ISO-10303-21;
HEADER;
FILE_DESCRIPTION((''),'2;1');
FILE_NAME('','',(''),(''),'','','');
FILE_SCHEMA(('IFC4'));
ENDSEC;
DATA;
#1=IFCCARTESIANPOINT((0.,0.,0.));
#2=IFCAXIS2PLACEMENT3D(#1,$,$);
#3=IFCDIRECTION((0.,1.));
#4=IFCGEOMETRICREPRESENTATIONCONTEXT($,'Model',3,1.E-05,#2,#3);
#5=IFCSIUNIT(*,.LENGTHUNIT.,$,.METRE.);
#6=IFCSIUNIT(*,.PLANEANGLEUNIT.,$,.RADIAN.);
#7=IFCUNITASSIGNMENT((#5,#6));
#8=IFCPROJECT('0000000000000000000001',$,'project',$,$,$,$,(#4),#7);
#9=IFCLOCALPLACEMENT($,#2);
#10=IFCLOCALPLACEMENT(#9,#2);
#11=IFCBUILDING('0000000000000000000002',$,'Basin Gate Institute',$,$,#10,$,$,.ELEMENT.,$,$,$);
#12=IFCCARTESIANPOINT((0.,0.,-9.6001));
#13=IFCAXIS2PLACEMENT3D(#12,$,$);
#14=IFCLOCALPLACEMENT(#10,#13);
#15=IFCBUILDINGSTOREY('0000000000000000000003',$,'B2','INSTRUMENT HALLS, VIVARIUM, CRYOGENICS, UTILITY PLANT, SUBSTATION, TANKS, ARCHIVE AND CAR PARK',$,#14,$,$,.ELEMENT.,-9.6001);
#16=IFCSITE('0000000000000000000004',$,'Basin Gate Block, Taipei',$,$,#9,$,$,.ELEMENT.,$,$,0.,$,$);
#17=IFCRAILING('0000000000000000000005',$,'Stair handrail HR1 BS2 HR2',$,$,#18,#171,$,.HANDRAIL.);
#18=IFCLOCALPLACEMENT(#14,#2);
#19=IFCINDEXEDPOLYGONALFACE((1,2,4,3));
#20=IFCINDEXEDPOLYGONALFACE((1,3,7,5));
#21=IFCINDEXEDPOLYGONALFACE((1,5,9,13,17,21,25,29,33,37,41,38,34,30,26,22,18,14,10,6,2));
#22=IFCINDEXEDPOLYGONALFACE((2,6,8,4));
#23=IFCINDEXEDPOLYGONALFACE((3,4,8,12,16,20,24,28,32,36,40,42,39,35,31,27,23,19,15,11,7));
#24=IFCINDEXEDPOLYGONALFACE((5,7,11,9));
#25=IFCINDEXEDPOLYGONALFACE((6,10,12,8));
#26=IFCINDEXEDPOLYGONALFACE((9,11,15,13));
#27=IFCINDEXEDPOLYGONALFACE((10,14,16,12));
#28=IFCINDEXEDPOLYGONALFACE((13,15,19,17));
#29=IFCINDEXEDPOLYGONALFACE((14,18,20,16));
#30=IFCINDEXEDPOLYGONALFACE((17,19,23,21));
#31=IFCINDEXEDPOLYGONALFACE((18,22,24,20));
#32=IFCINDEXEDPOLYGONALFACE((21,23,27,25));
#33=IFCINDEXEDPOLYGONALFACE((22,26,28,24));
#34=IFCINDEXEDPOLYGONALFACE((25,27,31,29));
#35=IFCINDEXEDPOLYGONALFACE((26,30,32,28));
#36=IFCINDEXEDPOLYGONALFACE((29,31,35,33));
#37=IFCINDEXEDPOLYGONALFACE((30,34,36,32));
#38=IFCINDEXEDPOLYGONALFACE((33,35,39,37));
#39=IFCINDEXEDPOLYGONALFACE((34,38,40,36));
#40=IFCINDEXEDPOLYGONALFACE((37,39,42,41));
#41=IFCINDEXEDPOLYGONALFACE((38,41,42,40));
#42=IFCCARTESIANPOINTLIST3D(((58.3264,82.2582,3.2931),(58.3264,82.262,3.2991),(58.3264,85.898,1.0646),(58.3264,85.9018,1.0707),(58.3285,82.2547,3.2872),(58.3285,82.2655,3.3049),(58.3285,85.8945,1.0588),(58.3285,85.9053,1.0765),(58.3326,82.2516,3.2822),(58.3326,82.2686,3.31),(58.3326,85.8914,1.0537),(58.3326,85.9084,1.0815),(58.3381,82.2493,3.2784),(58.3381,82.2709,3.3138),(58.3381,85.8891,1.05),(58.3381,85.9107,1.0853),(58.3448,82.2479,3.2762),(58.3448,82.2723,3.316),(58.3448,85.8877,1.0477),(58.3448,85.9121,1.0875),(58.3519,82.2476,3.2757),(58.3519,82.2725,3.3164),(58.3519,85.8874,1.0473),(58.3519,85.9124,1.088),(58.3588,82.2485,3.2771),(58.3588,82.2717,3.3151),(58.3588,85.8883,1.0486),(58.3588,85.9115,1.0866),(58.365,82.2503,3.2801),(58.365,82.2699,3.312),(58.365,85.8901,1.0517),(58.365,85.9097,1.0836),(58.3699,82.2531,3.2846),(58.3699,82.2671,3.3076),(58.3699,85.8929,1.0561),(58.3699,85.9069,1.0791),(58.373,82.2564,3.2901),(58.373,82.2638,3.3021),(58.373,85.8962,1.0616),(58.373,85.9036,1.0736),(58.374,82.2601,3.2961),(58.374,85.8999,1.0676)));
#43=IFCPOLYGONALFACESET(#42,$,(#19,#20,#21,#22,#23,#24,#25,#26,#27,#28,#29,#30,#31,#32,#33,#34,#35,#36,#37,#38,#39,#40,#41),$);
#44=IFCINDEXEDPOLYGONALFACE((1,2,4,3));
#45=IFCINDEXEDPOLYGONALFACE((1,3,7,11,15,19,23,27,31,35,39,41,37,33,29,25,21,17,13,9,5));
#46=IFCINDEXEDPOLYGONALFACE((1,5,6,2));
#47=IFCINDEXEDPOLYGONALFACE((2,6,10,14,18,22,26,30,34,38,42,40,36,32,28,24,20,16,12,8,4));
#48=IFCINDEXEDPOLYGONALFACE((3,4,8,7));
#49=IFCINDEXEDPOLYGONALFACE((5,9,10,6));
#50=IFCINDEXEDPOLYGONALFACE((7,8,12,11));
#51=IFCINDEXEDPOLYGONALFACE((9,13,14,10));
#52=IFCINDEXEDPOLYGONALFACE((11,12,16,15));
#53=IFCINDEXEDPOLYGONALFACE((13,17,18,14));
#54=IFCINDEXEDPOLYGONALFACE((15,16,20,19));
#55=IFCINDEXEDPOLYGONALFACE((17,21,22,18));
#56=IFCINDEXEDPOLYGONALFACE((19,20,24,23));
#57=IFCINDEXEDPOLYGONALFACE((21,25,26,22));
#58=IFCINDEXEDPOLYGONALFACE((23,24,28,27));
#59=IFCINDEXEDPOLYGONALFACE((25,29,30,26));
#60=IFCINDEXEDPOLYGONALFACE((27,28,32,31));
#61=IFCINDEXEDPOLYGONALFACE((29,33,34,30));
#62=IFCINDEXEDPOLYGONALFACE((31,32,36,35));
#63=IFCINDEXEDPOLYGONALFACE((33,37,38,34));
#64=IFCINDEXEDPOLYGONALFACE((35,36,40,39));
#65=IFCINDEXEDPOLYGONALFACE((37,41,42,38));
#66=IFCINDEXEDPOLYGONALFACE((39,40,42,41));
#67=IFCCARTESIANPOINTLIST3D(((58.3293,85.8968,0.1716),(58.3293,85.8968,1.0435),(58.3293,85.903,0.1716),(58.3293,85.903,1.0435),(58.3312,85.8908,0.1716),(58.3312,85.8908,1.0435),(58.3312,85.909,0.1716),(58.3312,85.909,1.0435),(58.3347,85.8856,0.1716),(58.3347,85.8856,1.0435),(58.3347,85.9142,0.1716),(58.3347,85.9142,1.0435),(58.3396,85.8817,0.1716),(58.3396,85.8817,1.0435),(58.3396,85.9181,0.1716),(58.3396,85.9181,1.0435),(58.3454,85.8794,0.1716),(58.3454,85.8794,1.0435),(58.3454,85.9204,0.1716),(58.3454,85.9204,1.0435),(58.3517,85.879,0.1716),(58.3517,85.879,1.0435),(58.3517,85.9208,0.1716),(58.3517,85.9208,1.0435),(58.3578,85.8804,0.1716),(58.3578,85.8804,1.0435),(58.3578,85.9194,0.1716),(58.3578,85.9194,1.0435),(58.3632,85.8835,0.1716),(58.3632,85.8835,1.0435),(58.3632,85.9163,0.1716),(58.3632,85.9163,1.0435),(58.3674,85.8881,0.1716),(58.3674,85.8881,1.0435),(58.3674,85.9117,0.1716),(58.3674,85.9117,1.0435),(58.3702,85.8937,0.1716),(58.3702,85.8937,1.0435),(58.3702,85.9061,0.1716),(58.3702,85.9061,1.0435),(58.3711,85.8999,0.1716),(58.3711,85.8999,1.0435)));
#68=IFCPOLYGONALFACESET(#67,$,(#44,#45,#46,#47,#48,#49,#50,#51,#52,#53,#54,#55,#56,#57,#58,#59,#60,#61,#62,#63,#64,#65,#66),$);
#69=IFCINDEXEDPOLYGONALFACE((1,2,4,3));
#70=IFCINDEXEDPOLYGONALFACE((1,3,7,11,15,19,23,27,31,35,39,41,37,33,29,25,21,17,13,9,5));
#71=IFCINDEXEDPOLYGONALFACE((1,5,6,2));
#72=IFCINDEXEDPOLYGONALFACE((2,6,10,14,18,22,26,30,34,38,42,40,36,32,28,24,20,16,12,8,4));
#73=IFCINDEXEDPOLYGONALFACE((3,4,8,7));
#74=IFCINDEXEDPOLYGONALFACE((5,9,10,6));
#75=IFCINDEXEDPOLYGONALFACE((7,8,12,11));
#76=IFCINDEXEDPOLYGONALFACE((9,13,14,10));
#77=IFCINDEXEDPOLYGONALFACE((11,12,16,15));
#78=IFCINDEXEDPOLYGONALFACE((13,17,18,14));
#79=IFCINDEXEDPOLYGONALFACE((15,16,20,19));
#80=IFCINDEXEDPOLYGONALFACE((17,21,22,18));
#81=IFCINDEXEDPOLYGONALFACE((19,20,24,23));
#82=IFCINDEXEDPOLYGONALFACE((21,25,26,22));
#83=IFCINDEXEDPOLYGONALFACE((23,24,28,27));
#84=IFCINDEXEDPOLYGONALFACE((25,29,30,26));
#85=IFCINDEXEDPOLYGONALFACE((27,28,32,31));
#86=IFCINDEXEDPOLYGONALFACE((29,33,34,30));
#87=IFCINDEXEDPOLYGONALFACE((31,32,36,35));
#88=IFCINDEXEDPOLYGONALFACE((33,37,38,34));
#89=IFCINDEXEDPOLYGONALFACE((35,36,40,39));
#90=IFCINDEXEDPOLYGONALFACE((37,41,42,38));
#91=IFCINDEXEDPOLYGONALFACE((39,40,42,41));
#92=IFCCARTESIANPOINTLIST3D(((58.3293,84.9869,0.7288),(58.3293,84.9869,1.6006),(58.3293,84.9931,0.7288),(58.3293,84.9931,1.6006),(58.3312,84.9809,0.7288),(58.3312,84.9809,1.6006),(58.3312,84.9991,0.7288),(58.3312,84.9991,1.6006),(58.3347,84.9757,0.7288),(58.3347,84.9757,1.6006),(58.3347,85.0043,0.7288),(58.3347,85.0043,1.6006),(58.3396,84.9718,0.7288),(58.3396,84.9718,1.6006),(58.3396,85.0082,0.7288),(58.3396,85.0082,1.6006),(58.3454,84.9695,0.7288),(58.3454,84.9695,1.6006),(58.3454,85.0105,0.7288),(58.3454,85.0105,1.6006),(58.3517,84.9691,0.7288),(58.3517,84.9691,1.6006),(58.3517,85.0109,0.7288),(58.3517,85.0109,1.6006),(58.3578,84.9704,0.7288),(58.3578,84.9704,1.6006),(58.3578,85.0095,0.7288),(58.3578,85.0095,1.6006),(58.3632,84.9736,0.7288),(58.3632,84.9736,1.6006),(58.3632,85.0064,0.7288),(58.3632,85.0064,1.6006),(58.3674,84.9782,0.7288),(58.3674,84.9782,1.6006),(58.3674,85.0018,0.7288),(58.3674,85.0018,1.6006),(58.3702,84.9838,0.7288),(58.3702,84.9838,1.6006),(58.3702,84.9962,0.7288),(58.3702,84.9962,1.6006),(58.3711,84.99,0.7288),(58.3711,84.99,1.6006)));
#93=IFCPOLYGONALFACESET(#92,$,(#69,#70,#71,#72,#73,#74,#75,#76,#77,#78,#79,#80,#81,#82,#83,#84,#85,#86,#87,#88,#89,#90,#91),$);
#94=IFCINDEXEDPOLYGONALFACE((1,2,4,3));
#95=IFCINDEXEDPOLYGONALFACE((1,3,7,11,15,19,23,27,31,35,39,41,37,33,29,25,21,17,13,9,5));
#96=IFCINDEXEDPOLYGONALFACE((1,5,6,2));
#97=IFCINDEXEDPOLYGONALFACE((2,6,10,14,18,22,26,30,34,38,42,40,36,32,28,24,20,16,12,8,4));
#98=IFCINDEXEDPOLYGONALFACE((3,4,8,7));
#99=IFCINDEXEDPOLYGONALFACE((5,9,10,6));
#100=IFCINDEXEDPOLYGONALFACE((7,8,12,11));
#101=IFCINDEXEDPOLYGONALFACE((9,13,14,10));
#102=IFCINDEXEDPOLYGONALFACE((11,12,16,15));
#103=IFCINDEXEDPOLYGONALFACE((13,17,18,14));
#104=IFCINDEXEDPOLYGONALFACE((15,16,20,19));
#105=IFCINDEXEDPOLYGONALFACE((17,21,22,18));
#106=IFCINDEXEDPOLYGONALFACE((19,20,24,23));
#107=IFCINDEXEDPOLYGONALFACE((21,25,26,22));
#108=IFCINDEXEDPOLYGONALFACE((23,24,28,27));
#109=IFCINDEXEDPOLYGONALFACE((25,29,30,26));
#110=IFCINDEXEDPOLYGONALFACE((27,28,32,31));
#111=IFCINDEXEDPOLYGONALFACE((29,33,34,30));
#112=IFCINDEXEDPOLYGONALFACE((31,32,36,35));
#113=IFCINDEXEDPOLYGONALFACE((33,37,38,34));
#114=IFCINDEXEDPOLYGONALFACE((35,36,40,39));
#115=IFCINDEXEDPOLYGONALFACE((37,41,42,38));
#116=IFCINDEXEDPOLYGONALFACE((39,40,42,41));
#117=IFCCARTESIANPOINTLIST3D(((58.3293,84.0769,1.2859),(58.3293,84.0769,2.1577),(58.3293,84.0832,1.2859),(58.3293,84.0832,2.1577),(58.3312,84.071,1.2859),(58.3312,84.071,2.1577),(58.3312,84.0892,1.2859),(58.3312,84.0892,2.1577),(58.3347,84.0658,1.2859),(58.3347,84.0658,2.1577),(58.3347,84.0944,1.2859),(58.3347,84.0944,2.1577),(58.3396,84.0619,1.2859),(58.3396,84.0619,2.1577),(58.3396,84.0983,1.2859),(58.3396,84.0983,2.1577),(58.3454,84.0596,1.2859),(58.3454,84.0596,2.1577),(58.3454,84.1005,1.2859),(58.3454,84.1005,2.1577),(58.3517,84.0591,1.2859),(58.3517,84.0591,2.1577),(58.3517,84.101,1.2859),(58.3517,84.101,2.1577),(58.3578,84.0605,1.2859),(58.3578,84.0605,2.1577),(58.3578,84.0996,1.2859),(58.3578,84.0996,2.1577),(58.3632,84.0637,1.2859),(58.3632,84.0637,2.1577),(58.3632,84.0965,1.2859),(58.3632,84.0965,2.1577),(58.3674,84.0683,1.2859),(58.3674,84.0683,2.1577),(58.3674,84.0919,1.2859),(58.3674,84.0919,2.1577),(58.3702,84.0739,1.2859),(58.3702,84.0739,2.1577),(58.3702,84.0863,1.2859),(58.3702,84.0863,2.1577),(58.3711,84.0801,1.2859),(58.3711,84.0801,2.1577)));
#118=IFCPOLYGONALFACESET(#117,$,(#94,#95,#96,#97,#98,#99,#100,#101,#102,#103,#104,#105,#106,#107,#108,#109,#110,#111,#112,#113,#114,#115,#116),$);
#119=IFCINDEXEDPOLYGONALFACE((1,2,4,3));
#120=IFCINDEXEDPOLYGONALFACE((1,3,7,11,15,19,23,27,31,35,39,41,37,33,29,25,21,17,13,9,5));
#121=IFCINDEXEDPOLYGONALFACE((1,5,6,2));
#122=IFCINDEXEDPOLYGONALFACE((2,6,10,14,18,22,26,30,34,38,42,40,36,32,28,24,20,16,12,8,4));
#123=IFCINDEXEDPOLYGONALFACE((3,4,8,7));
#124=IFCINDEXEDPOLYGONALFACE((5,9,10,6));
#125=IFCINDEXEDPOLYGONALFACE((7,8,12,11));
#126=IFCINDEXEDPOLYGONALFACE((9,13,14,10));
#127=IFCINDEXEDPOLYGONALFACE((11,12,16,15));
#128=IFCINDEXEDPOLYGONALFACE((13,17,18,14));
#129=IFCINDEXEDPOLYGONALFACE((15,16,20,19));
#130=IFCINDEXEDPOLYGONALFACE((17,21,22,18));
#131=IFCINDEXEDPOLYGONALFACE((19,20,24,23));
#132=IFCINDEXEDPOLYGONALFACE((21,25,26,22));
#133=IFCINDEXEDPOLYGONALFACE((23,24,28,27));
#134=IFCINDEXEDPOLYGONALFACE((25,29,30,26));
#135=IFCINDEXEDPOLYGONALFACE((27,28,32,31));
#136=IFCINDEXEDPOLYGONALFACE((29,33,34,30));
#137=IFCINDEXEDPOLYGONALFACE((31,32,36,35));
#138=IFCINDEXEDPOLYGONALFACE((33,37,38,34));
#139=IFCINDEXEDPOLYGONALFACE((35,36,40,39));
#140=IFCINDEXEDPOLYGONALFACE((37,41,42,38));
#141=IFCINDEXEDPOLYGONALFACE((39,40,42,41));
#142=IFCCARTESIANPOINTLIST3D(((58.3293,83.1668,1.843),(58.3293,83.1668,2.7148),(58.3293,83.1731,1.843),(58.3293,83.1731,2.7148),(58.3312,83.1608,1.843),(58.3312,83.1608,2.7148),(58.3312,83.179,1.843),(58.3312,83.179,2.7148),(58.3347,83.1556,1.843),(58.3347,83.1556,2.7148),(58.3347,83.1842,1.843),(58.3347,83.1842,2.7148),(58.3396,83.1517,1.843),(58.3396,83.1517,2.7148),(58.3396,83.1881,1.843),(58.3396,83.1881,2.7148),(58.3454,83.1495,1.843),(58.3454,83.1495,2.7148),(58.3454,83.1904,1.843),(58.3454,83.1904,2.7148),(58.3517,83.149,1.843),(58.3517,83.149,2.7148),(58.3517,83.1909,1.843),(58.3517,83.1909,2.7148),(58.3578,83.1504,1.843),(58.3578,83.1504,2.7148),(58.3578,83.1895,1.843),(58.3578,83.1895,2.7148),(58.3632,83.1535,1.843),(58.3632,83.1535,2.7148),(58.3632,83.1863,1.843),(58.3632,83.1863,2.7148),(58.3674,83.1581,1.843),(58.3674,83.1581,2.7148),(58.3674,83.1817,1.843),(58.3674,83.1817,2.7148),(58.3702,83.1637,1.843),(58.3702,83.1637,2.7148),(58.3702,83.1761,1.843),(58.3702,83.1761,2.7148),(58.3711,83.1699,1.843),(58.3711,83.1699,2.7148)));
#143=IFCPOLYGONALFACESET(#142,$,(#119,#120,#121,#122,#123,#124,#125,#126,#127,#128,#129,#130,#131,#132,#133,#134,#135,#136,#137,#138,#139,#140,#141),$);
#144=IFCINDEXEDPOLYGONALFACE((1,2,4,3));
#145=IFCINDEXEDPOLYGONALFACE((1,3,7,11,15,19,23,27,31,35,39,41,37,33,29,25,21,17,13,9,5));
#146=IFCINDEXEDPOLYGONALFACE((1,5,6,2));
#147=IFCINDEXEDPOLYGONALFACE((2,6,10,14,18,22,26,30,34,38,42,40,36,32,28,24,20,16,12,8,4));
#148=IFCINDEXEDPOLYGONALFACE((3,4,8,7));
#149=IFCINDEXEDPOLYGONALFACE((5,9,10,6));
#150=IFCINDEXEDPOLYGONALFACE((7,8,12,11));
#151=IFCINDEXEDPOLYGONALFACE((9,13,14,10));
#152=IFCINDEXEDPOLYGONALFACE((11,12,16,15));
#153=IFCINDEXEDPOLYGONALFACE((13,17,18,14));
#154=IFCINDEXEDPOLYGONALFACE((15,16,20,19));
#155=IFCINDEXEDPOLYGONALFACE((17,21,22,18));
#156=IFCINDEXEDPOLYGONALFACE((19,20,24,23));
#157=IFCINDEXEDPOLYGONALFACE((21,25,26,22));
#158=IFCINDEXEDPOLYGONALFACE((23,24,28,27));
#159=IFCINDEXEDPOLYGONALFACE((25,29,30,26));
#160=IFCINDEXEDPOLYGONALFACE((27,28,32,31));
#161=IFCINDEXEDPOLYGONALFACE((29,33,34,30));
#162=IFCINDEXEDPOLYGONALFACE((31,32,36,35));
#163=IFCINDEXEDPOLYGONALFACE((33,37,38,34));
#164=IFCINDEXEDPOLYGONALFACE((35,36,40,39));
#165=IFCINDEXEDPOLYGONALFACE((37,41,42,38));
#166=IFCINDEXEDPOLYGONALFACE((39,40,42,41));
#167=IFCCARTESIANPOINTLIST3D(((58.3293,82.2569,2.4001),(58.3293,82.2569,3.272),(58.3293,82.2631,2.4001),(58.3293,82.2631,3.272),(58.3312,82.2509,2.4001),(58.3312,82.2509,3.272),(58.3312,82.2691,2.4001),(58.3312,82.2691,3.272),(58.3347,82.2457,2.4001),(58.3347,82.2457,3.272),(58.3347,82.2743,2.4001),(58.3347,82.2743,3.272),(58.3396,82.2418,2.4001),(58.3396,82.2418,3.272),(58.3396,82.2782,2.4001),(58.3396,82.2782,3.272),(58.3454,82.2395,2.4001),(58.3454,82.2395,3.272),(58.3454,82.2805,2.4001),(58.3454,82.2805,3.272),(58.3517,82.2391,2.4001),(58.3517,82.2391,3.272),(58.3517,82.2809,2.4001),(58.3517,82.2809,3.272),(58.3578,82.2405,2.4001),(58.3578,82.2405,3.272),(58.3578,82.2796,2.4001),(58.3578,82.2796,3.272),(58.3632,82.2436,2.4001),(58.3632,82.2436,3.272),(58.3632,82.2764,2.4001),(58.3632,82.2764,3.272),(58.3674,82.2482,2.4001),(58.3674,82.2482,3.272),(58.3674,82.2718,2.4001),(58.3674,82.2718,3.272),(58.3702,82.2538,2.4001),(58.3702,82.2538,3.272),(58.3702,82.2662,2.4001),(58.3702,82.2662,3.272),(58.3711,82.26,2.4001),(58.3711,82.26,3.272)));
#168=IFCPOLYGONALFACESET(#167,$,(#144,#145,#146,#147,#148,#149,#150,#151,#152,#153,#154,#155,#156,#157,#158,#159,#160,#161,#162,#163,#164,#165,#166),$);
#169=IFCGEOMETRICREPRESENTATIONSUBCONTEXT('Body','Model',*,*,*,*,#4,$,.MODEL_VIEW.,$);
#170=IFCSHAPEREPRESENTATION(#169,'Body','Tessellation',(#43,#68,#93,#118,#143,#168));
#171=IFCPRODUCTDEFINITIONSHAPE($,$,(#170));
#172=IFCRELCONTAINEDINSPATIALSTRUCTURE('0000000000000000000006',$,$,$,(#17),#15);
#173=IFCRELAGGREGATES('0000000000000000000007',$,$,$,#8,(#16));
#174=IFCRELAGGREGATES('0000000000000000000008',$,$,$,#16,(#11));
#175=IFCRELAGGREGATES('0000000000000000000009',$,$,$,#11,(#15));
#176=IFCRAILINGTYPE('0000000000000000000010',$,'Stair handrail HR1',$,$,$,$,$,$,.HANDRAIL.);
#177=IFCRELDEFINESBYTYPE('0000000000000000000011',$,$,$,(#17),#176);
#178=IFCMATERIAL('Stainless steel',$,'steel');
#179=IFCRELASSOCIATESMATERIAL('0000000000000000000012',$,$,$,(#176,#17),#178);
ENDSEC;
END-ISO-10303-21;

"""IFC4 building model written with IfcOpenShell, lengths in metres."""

from ifc_helpers import new_model, si_unit, direction, frame, origin, origin_2d, place, context, subcontext, project, spatial, circle, extrude, material, type_object, element, save


model = new_model("IFC4")

# Units and contexts
model_context = context("Model", 3, precision=1e-05, world=origin(), true_north=direction((0.0, 1.0)))
body_context = subcontext(model_context, "Body", "Model", "MODEL_VIEW")
ifc_project = project(units=[si_unit("LENGTHUNIT", "METRE"), si_unit("PLANEANGLEUNIT", "RADIAN")], contexts=[model_context])

# Site, building, storey
site_placement = place(None, origin())
site = spatial("IfcSite", under=ifc_project, at=site_placement, Name="Basin Gate Block, Taipei", CompositionType="ELEMENT", RefElevation=0.0)
building_placement = place(site_placement, origin())
building = spatial("IfcBuilding", under=site, at=building_placement, Name="Basin Gate Institute", CompositionType="ELEMENT")
storey_placement = place(building_placement, frame((0.0, 0.0, -9.6001)))
storey = spatial("IfcBuildingStorey", under=building, at=storey_placement, Name="B2", Description="INSTRUMENT HALLS, VIVARIUM, CRYOGENICS, UTILITY PLANT, SUBSTATION, TANKS, ARCHIVE AND CAR PARK", CompositionType="ELEMENT", Elevation=-9.6001)

# Railing
ifc_material_1 = material(Name="Stainless steel", Category="steel")
railing_type = type_object("IfcRailingType", Name="Stair handrail HR1", PredefinedType="HANDRAIL", material=ifc_material_1)
railing_placement = place(storey_placement, frame((58.3501, 85.8999, 0.1716)))
element("IfcRailing", 1, at=railing_placement, inside=storey, type_object=railing_type, material=ifc_material_1, Name="Stair handrail HR1 BS2 HR2", PredefinedType="HANDRAIL", context=body_context, shape_type="SweptSolid", body=[
    extrude(circle(Radius=0.0239, at=origin_2d()), frame((0.0, 0.0, 0.896), z_axis=(0.0, -0.85285, 0.522156), x_axis=(1.0, 0.0, 0.0)), (0.0, 0.0, 1.0), 4.2678),
    extrude(circle(Radius=0.021, at=origin_2d()), origin(), (0.0, 0.0, 1.0), 0.8718),
    extrude(circle(Radius=0.021, at=origin_2d()), frame((0.0, -0.9099, 0.5571)), (0.0, 0.0, 1.0), 0.8718),
    extrude(circle(Radius=0.021, at=origin_2d()), frame((0.0, -1.8198, 1.1143)), (0.0, 0.0, 1.0), 0.8718),
    extrude(circle(Radius=0.021, at=origin_2d()), frame((0.0, -2.73, 1.6714)), (0.0, 0.0, 1.0), 0.8718),
    extrude(circle(Radius=0.021, at=origin_2d()), frame((0.0, -3.6399, 2.2285)), (0.0, 0.0, 1.0), 0.8718),
])

save(model, "model.ifc")
